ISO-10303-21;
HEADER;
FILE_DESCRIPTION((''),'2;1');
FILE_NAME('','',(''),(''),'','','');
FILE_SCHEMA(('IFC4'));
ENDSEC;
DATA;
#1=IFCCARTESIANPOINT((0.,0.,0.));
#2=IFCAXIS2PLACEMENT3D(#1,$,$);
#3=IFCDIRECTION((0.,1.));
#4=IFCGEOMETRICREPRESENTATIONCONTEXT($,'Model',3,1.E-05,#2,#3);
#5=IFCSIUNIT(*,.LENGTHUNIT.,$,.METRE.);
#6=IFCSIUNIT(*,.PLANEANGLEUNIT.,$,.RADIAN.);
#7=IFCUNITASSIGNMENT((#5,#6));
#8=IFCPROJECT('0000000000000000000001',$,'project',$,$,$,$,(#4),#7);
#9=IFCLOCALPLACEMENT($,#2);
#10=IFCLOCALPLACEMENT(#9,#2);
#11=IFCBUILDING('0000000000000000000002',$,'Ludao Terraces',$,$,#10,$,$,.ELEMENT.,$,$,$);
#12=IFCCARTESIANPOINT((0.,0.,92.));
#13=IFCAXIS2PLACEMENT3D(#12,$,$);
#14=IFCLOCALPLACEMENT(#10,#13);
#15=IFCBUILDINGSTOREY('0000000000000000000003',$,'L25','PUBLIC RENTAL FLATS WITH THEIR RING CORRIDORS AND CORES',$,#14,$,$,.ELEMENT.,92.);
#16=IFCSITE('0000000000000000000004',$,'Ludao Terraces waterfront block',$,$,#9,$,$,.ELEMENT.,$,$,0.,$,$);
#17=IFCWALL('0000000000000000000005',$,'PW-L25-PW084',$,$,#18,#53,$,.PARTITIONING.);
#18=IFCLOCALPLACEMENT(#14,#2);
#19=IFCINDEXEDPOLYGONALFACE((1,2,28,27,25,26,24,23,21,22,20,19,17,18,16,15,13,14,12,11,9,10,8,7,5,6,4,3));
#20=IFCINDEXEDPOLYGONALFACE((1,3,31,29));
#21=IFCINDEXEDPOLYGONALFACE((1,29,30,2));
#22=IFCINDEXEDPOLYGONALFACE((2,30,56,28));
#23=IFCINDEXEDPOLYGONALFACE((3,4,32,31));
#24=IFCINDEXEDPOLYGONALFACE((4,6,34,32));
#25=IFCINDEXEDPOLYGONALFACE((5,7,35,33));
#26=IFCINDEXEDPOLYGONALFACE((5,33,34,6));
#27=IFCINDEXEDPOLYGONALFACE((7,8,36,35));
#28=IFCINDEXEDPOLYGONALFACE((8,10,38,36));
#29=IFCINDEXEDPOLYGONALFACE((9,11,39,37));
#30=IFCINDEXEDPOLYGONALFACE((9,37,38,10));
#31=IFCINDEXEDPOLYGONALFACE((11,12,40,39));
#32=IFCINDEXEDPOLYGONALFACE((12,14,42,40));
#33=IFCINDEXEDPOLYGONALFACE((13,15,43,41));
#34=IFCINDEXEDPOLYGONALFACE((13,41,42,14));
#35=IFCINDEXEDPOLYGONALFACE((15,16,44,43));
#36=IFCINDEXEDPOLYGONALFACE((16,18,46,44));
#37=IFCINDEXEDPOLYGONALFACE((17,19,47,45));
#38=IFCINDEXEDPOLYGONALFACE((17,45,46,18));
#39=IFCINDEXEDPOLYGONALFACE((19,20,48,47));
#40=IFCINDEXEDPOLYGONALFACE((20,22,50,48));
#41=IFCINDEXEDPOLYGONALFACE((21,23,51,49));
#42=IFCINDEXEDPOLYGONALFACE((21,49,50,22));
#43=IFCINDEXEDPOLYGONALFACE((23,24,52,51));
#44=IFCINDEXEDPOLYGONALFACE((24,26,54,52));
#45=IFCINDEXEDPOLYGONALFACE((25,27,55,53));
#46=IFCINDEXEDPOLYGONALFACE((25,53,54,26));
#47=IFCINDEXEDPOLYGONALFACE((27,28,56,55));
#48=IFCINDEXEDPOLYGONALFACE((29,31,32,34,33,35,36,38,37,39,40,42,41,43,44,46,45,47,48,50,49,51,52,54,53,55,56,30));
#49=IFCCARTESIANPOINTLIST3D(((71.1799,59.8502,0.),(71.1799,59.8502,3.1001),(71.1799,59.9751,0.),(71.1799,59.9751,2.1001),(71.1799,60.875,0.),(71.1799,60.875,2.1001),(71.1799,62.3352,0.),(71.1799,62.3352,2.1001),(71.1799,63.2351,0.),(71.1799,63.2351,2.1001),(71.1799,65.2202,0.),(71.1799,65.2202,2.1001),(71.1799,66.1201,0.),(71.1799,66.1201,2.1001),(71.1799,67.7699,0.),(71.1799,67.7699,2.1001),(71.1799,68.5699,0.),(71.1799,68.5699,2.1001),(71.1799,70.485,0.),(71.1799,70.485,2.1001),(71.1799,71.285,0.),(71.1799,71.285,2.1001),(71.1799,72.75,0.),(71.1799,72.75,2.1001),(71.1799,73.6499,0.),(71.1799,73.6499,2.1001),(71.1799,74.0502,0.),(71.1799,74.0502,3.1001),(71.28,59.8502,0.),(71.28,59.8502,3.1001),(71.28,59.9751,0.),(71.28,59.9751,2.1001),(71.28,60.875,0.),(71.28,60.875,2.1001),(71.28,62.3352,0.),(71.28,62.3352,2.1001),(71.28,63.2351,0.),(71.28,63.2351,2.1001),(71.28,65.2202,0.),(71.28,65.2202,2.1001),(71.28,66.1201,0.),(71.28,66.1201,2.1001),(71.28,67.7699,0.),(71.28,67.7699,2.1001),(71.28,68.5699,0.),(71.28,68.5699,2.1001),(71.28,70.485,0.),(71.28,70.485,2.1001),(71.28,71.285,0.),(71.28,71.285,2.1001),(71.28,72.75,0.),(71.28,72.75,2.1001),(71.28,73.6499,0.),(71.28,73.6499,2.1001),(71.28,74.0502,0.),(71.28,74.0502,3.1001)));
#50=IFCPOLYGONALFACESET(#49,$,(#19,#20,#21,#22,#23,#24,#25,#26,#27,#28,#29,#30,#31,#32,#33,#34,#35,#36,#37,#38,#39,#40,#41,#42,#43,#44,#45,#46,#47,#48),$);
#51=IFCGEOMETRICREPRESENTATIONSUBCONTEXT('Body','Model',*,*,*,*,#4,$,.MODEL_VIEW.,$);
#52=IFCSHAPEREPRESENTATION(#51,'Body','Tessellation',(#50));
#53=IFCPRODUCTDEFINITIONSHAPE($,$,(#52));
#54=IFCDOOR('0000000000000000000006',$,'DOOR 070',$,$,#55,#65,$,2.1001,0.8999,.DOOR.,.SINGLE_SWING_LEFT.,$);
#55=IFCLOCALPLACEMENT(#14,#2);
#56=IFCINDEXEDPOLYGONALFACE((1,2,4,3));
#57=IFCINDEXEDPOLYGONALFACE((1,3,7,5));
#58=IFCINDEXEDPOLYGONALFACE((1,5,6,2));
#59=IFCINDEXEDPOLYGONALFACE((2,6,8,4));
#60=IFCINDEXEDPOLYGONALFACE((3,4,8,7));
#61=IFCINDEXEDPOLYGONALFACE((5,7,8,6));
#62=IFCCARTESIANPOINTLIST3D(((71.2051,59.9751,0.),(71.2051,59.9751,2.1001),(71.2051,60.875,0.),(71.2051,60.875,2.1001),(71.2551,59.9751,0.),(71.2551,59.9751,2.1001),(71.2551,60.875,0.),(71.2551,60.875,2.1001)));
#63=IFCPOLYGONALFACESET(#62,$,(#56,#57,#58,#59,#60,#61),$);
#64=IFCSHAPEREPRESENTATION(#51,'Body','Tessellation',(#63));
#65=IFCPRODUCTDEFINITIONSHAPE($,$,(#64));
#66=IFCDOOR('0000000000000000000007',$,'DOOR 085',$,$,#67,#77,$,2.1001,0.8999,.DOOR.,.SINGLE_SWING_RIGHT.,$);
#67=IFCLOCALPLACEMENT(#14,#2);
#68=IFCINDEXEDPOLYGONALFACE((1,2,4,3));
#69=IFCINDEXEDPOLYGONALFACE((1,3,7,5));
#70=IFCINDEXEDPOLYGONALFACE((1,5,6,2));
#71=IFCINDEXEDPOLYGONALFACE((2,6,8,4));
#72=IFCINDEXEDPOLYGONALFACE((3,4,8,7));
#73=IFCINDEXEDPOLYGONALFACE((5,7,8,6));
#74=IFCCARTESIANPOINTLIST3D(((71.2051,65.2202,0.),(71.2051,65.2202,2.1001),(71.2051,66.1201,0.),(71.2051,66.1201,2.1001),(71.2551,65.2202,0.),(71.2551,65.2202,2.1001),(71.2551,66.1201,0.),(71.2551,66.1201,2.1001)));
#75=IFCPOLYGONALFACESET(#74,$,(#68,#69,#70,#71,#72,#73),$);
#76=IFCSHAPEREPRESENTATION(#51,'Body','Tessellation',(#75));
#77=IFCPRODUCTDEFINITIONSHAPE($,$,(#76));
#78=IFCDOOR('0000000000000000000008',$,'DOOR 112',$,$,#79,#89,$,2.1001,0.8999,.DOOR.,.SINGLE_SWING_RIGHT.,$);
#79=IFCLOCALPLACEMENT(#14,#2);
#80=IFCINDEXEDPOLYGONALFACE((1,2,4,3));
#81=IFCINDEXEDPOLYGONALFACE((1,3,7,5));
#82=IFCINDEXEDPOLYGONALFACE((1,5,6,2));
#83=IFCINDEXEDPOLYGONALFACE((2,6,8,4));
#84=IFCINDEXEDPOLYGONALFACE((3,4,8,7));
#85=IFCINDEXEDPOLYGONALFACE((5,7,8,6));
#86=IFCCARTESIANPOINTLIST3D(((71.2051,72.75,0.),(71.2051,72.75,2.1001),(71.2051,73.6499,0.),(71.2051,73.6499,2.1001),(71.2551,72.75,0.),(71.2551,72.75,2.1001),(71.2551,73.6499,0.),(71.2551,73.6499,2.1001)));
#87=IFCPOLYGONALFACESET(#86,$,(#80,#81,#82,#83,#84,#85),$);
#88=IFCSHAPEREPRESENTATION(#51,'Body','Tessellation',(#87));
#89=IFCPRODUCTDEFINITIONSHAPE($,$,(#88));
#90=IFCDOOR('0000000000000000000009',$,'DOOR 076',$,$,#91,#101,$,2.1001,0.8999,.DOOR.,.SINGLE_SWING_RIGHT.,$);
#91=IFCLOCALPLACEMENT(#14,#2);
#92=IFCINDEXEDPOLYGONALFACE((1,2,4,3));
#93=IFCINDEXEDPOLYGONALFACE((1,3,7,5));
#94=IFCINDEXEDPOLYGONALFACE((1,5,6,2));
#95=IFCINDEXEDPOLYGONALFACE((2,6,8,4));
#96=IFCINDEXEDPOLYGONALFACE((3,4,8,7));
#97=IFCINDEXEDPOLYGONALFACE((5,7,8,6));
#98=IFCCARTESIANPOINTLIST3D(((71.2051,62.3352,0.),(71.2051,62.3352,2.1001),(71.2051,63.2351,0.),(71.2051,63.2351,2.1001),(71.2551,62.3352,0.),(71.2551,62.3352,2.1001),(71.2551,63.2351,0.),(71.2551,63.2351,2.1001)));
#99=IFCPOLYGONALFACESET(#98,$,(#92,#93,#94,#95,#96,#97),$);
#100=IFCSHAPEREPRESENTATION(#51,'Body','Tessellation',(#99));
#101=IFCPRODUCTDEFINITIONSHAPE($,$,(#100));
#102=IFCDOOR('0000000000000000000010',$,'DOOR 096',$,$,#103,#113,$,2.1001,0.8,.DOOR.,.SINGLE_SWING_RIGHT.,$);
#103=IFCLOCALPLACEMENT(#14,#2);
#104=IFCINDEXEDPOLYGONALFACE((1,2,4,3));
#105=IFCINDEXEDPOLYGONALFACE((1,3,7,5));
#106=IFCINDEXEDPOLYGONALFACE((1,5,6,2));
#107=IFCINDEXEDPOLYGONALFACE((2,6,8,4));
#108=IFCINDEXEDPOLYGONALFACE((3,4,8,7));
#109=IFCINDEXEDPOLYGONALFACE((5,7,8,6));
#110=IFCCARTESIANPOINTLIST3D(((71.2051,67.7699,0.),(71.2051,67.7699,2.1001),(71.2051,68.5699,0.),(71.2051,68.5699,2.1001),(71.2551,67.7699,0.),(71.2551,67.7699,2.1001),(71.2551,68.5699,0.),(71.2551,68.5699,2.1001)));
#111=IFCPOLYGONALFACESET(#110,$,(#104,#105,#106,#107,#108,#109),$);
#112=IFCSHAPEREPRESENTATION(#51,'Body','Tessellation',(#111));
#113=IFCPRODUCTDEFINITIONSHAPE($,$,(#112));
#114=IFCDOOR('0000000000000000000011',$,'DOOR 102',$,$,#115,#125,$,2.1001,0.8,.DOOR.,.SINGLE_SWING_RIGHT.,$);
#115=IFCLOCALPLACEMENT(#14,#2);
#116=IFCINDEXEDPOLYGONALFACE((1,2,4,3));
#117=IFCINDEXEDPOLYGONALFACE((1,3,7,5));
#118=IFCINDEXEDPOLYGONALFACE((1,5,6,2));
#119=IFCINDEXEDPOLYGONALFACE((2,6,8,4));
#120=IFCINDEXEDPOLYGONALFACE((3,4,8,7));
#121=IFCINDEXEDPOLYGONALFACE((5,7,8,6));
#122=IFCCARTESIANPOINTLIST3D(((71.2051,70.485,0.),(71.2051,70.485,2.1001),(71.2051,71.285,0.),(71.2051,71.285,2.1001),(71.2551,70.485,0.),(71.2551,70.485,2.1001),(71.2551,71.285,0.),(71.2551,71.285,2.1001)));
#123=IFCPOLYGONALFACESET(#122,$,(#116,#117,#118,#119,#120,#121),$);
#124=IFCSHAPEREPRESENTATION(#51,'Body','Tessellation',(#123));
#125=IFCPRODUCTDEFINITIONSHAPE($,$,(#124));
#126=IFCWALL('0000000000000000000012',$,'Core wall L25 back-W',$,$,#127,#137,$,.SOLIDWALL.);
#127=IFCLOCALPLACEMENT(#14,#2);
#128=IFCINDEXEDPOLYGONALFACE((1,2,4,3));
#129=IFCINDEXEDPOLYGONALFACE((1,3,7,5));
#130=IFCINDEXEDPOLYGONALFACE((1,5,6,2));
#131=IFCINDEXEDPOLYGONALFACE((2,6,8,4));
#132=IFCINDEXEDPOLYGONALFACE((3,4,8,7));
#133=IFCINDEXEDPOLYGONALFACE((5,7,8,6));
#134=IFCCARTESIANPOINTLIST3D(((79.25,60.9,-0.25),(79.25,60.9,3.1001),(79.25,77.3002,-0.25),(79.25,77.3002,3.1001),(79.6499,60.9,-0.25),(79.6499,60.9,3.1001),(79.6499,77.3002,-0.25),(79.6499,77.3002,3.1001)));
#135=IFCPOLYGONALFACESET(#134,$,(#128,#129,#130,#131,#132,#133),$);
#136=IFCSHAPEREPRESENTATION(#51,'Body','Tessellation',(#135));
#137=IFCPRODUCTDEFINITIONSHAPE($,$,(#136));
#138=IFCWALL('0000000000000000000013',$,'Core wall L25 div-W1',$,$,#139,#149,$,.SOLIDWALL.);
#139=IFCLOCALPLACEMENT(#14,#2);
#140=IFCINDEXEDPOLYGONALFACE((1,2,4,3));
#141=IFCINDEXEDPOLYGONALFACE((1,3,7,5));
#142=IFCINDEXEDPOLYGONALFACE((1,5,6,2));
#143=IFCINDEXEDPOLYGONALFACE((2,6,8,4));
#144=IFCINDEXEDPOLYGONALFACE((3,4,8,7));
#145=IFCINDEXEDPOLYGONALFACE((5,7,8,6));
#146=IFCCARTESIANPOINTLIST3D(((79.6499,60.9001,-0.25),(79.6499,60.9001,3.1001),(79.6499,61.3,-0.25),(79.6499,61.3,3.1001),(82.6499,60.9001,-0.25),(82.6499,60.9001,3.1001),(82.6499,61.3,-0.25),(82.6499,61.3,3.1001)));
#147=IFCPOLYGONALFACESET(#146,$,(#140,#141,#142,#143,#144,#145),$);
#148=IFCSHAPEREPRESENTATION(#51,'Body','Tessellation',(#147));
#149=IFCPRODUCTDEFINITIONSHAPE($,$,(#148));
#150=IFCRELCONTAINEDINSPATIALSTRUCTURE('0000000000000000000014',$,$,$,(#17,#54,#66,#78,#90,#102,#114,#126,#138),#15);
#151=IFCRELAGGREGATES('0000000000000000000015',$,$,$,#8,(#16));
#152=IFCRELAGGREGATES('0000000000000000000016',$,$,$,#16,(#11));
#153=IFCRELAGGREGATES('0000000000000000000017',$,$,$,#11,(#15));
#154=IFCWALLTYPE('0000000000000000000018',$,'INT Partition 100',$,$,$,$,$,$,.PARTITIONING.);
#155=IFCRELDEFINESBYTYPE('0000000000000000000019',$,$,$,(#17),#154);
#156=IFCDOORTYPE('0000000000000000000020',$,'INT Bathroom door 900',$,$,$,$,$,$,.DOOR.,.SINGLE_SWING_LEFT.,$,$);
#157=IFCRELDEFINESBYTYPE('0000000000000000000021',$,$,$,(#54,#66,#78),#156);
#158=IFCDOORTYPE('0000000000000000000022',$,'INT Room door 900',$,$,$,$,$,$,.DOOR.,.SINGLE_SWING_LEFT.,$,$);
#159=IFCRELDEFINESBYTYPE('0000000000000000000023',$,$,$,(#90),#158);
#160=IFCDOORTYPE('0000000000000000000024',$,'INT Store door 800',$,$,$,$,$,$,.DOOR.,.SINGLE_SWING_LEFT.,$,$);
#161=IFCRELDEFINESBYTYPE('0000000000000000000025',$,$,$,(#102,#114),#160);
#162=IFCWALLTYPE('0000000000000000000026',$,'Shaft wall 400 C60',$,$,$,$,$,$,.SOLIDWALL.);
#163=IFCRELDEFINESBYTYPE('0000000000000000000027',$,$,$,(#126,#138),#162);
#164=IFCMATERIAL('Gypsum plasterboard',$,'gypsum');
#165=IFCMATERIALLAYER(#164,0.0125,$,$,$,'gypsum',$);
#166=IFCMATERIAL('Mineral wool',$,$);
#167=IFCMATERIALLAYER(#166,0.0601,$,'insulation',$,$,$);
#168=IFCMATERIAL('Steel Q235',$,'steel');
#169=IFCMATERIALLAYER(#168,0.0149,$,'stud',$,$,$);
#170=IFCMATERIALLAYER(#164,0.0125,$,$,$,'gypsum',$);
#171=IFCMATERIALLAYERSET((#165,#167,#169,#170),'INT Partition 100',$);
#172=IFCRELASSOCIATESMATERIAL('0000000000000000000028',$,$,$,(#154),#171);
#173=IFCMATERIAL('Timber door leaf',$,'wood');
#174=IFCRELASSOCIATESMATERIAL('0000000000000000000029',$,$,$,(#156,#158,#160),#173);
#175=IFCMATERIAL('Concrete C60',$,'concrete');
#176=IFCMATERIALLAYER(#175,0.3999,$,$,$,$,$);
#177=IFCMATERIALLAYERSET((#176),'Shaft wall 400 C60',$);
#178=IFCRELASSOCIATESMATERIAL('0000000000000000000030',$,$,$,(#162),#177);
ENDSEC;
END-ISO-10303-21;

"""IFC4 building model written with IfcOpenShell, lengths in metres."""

from ifc_helpers import new_model, si_unit, direction, frame, frame_2d, origin, place, context, subcontext, project, spatial, rectangle, extrude, material, layer, layer_set, type_object, element, fill, save


model = new_model("IFC4")

# Units and contexts
model_context = context("Model", 3, precision=1e-05, world=origin(), true_north=direction((0.0, 1.0)))
body_context = subcontext(model_context, "Body", "Model", "MODEL_VIEW")
ifc_project = project(units=[si_unit("LENGTHUNIT", "METRE"), si_unit("PLANEANGLEUNIT", "RADIAN")], contexts=[model_context])

# Site, building, storey
site_placement = place(None, origin())
site = spatial("IfcSite", under=ifc_project, at=site_placement, Name="Ludao Terraces waterfront block", CompositionType="ELEMENT", RefElevation=0.0)
building_placement = place(site_placement, origin())
building = spatial("IfcBuilding", under=site, at=building_placement, Name="Ludao Terraces", CompositionType="ELEMENT")
storey_placement = place(building_placement, frame((0.0, 0.0, 92.0)))
storey = spatial("IfcBuildingStorey", under=building, at=storey_placement, Name="L25", Description="PUBLIC RENTAL FLATS WITH THEIR RING CORRIDORS AND CORES", CompositionType="ELEMENT", Elevation=92.0)

# Shared definitions
ifc_material_1 = material(Name="Mineral wool")
ifc_material_2 = material(Name="Steel Q235", Category="steel")

# Shared definitions
ifc_material_3 = material(Name="Gypsum plasterboard", Category="gypsum")
ifc_layer_1 = layer(ifc_material_3, 0.0125, Category="gypsum")
ifc_layer_2 = layer(ifc_material_1, 0.0601, Name="insulation")
ifc_layer_3 = layer(ifc_material_2, 0.0149, Name="stud")
ifc_layer_4 = layer(ifc_material_3, 0.0125, Category="gypsum")
ifc_layer_set_1 = layer_set([ifc_layer_1, ifc_layer_2, ifc_layer_3, ifc_layer_4], Name="INT Partition 100")
wall_type_1 = type_object("IfcWallType", Name="INT Partition 100", PredefinedType="PARTITIONING", material=ifc_layer_set_1)

# Wall, openings, doors
wall_1_placement = place(storey_placement, frame((71.23, 59.8501, 0.0), z_axis=(0.0, 0.0, 1.0), x_axis=(0.0, 1.0, 0.0)))
wall_1 = element("IfcWall", 1, at=wall_1_placement, inside=storey, type_object=wall_type_1, Name="PW-L25-PW084", PredefinedType="PARTITIONING", context=body_context, shape_type="SweptSolid", body=[
    extrude(rectangle(XDim=14.2, YDim=0.1001, at=frame_2d((7.1001, 0.0))), origin(), (0.0, 0.0, 1.0), 3.1001),
])
opening_1_placement = place(wall_1_placement, frame((0.125, 0.0, 0.0)))
opening_1 = element("IfcOpeningElement", 2, at=opening_1_placement, cuts=wall_1, PredefinedType="OPENING", context=body_context, shape_type="SweptSolid", body=[
    extrude(rectangle(XDim=0.8999, YDim=2.1001, at=frame_2d((0.45, 1.05))), frame((0.0, 0.0601, 0.0), z_axis=(0.0, -1.0, 0.0), x_axis=(1.0, 0.0, 0.0)), (0.0, 0.0, 1.0), 0.1201),
])
opening_2_placement = place(wall_1_placement, frame((2.4851, 0.0, 0.0)))
opening_2 = element("IfcOpeningElement", 3, at=opening_2_placement, cuts=wall_1, PredefinedType="OPENING", context=body_context, shape_type="SweptSolid", body=[
    extrude(rectangle(XDim=0.8999, YDim=2.1001, at=frame_2d((0.45, 1.05))), frame((0.0, 0.0601, 0.0), z_axis=(0.0, -1.0, 0.0), x_axis=(1.0, 0.0, 0.0)), (0.0, 0.0, 1.0), 0.1201),
])
opening_3_placement = place(wall_1_placement, frame((5.3701, 0.0, 0.0)))
opening_3 = element("IfcOpeningElement", 4, at=opening_3_placement, cuts=wall_1, PredefinedType="OPENING", context=body_context, shape_type="SweptSolid", body=[
    extrude(rectangle(XDim=0.8999, YDim=2.1001, at=frame_2d((0.45, 1.05))), frame((0.0, 0.0601, 0.0), z_axis=(0.0, -1.0, 0.0), x_axis=(1.0, 0.0, 0.0)), (0.0, 0.0, 1.0), 0.1201),
])
opening_4_placement = place(wall_1_placement, frame((7.9199, 0.0, 0.0)))
opening_4 = element("IfcOpeningElement", 5, at=opening_4_placement, cuts=wall_1, PredefinedType="OPENING", context=body_context, shape_type="SweptSolid", body=[
    extrude(rectangle(XDim=0.8, YDim=2.1001, at=frame_2d((0.3999, 1.05))), frame((0.0, 0.0601, 0.0), z_axis=(0.0, -1.0, 0.0), x_axis=(1.0, 0.0, 0.0)), (0.0, 0.0, 1.0), 0.1201),
])
opening_5_placement = place(wall_1_placement, frame((10.635, 0.0, 0.0)))
opening_5 = element("IfcOpeningElement", 6, at=opening_5_placement, cuts=wall_1, PredefinedType="OPENING", context=body_context, shape_type="SweptSolid", body=[
    extrude(rectangle(XDim=0.8, YDim=2.1001, at=frame_2d((0.3999, 1.05))), frame((0.0, 0.0601, 0.0), z_axis=(0.0, -1.0, 0.0), x_axis=(1.0, 0.0, 0.0)), (0.0, 0.0, 1.0), 0.1201),
])
opening_6_placement = place(wall_1_placement, frame((12.8999, 0.0, 0.0)))
opening_6 = element("IfcOpeningElement", 7, at=opening_6_placement, cuts=wall_1, PredefinedType="OPENING", context=body_context, shape_type="SweptSolid", body=[
    extrude(rectangle(XDim=0.8999, YDim=2.1001, at=frame_2d((0.45, 1.05))), frame((0.0, 0.0601, 0.0), z_axis=(0.0, -1.0, 0.0), x_axis=(1.0, 0.0, 0.0)), (0.0, 0.0, 1.0), 0.1201),
])
ifc_material_4 = material(Name="Timber door leaf", Category="wood")
door_type_1 = type_object("IfcDoorType", Name="INT Bathroom door 900", OperationType="SINGLE_SWING_LEFT", PredefinedType="DOOR", material=ifc_material_4)
door_1_placement = place(opening_1_placement, origin())
door_1 = element("IfcDoor", 8, at=door_1_placement, inside=storey, type_object=door_type_1, Name="DOOR 070", OperationType="SINGLE_SWING_LEFT", OverallHeight=2.1001, OverallWidth=0.8999, PredefinedType="DOOR", context=body_context, shape_type="SweptSolid", body=[
    extrude(rectangle(XDim=0.8999, YDim=2.1001, at=frame_2d((0.45, 1.05))), frame((0.0, 0.0249, 0.0), z_axis=(0.0, -1.0, 0.0), x_axis=(1.0, 0.0, 0.0)), (0.0, 0.0, 1.0), 0.05),
])
fill(opening_1, door_1)
door_2_placement = place(opening_3_placement, origin())
door_2 = element("IfcDoor", 9, at=door_2_placement, inside=storey, type_object=door_type_1, Name="DOOR 085", OperationType="SINGLE_SWING_RIGHT", OverallHeight=2.1001, OverallWidth=0.8999, PredefinedType="DOOR", context=body_context, shape_type="SweptSolid", body=[
    extrude(rectangle(XDim=0.8999, YDim=2.1001, at=frame_2d((0.45, 1.05))), frame((0.0, 0.0249, 0.0), z_axis=(0.0, -1.0, 0.0), x_axis=(1.0, 0.0, 0.0)), (0.0, 0.0, 1.0), 0.05),
])
fill(opening_3, door_2)
door_3_placement = place(opening_6_placement, origin())
door_3 = element("IfcDoor", 10, at=door_3_placement, inside=storey, type_object=door_type_1, Name="DOOR 112", OperationType="SINGLE_SWING_RIGHT", OverallHeight=2.1001, OverallWidth=0.8999, PredefinedType="DOOR", context=body_context, shape_type="SweptSolid", body=[
    extrude(rectangle(XDim=0.8999, YDim=2.1001, at=frame_2d((0.45, 1.05))), frame((0.0, 0.0249, 0.0), z_axis=(0.0, -1.0, 0.0), x_axis=(1.0, 0.0, 0.0)), (0.0, 0.0, 1.0), 0.05),
])
fill(opening_6, door_3)
door_type_2 = type_object("IfcDoorType", Name="INT Room door 900", OperationType="SINGLE_SWING_LEFT", PredefinedType="DOOR", material=ifc_material_4)
door_4_placement = place(opening_2_placement, origin())
door_4 = element("IfcDoor", 11, at=door_4_placement, inside=storey, type_object=door_type_2, Name="DOOR 076", OperationType="SINGLE_SWING_RIGHT", OverallHeight=2.1001, OverallWidth=0.8999, PredefinedType="DOOR", context=body_context, shape_type="SweptSolid", body=[
    extrude(rectangle(XDim=0.8999, YDim=2.1001, at=frame_2d((0.45, 1.05))), frame((0.0, 0.0249, 0.0), z_axis=(0.0, -1.0, 0.0), x_axis=(1.0, 0.0, 0.0)), (0.0, 0.0, 1.0), 0.05),
])
fill(opening_2, door_4)
door_type_3 = type_object("IfcDoorType", Name="INT Store door 800", OperationType="SINGLE_SWING_LEFT", PredefinedType="DOOR", material=ifc_material_4)
door_5_placement = place(opening_4_placement, origin())
door_5 = element("IfcDoor", 12, at=door_5_placement, inside=storey, type_object=door_type_3, Name="DOOR 096", OperationType="SINGLE_SWING_RIGHT", OverallHeight=2.1001, OverallWidth=0.8, PredefinedType="DOOR", context=body_context, shape_type="SweptSolid", body=[
    extrude(rectangle(XDim=0.8, YDim=2.1001, at=frame_2d((0.3999, 1.05))), frame((0.0, 0.0249, 0.0), z_axis=(0.0, -1.0, 0.0), x_axis=(1.0, 0.0, 0.0)), (0.0, 0.0, 1.0), 0.05),
])
fill(opening_4, door_5)
door_6_placement = place(opening_5_placement, origin())
door_6 = element("IfcDoor", 13, at=door_6_placement, inside=storey, type_object=door_type_3, Name="DOOR 102", OperationType="SINGLE_SWING_RIGHT", OverallHeight=2.1001, OverallWidth=0.8, PredefinedType="DOOR", context=body_context, shape_type="SweptSolid", body=[
    extrude(rectangle(XDim=0.8, YDim=2.1001, at=frame_2d((0.3999, 1.05))), frame((0.0, 0.0249, 0.0), z_axis=(0.0, -1.0, 0.0), x_axis=(1.0, 0.0, 0.0)), (0.0, 0.0, 1.0), 0.05),
])
fill(opening_5, door_6)

# Walls
ifc_material_5 = material(Name="Concrete C60", Category="concrete")
ifc_layer_5 = layer(ifc_material_5, 0.3999)
ifc_layer_set_2 = layer_set([ifc_layer_5], Name="Shaft wall 400 C60")
wall_type_2 = type_object("IfcWallType", Name="Shaft wall 400 C60", PredefinedType="SOLIDWALL", material=ifc_layer_set_2)
wall_2_placement = place(storey_placement, frame((79.45, 60.8999, -0.25), z_axis=(0.0, 0.0, 1.0), x_axis=(0.0, 1.0, 0.0)))
element("IfcWall", 14, at=wall_2_placement, inside=storey, type_object=wall_type_2, Name="Core wall L25 back-W", PredefinedType="SOLIDWALL", context=body_context, shape_type="SweptSolid", body=[
    extrude(rectangle(XDim=16.4001, YDim=0.3999, at=frame_2d((8.2002, 0.0))), origin(), (0.0, 0.0, 1.0), 3.3501),
])
wall_3_placement = place(storey_placement, frame((79.6499, 61.1001, -0.25), z_axis=(0.0, 0.0, 1.0), x_axis=(1.0, 0.0, 0.0)))
element("IfcWall", 15, at=wall_3_placement, inside=storey, type_object=wall_type_2, Name="Core wall L25 div-W1", PredefinedType="SOLIDWALL", context=body_context, shape_type="SweptSolid", body=[
    extrude(rectangle(XDim=3.0, YDim=0.3999, at=frame_2d((1.5, 0.0))), origin(), (0.0, 0.0, 1.0), 3.3501),
])

save(model, "model.ifc")
